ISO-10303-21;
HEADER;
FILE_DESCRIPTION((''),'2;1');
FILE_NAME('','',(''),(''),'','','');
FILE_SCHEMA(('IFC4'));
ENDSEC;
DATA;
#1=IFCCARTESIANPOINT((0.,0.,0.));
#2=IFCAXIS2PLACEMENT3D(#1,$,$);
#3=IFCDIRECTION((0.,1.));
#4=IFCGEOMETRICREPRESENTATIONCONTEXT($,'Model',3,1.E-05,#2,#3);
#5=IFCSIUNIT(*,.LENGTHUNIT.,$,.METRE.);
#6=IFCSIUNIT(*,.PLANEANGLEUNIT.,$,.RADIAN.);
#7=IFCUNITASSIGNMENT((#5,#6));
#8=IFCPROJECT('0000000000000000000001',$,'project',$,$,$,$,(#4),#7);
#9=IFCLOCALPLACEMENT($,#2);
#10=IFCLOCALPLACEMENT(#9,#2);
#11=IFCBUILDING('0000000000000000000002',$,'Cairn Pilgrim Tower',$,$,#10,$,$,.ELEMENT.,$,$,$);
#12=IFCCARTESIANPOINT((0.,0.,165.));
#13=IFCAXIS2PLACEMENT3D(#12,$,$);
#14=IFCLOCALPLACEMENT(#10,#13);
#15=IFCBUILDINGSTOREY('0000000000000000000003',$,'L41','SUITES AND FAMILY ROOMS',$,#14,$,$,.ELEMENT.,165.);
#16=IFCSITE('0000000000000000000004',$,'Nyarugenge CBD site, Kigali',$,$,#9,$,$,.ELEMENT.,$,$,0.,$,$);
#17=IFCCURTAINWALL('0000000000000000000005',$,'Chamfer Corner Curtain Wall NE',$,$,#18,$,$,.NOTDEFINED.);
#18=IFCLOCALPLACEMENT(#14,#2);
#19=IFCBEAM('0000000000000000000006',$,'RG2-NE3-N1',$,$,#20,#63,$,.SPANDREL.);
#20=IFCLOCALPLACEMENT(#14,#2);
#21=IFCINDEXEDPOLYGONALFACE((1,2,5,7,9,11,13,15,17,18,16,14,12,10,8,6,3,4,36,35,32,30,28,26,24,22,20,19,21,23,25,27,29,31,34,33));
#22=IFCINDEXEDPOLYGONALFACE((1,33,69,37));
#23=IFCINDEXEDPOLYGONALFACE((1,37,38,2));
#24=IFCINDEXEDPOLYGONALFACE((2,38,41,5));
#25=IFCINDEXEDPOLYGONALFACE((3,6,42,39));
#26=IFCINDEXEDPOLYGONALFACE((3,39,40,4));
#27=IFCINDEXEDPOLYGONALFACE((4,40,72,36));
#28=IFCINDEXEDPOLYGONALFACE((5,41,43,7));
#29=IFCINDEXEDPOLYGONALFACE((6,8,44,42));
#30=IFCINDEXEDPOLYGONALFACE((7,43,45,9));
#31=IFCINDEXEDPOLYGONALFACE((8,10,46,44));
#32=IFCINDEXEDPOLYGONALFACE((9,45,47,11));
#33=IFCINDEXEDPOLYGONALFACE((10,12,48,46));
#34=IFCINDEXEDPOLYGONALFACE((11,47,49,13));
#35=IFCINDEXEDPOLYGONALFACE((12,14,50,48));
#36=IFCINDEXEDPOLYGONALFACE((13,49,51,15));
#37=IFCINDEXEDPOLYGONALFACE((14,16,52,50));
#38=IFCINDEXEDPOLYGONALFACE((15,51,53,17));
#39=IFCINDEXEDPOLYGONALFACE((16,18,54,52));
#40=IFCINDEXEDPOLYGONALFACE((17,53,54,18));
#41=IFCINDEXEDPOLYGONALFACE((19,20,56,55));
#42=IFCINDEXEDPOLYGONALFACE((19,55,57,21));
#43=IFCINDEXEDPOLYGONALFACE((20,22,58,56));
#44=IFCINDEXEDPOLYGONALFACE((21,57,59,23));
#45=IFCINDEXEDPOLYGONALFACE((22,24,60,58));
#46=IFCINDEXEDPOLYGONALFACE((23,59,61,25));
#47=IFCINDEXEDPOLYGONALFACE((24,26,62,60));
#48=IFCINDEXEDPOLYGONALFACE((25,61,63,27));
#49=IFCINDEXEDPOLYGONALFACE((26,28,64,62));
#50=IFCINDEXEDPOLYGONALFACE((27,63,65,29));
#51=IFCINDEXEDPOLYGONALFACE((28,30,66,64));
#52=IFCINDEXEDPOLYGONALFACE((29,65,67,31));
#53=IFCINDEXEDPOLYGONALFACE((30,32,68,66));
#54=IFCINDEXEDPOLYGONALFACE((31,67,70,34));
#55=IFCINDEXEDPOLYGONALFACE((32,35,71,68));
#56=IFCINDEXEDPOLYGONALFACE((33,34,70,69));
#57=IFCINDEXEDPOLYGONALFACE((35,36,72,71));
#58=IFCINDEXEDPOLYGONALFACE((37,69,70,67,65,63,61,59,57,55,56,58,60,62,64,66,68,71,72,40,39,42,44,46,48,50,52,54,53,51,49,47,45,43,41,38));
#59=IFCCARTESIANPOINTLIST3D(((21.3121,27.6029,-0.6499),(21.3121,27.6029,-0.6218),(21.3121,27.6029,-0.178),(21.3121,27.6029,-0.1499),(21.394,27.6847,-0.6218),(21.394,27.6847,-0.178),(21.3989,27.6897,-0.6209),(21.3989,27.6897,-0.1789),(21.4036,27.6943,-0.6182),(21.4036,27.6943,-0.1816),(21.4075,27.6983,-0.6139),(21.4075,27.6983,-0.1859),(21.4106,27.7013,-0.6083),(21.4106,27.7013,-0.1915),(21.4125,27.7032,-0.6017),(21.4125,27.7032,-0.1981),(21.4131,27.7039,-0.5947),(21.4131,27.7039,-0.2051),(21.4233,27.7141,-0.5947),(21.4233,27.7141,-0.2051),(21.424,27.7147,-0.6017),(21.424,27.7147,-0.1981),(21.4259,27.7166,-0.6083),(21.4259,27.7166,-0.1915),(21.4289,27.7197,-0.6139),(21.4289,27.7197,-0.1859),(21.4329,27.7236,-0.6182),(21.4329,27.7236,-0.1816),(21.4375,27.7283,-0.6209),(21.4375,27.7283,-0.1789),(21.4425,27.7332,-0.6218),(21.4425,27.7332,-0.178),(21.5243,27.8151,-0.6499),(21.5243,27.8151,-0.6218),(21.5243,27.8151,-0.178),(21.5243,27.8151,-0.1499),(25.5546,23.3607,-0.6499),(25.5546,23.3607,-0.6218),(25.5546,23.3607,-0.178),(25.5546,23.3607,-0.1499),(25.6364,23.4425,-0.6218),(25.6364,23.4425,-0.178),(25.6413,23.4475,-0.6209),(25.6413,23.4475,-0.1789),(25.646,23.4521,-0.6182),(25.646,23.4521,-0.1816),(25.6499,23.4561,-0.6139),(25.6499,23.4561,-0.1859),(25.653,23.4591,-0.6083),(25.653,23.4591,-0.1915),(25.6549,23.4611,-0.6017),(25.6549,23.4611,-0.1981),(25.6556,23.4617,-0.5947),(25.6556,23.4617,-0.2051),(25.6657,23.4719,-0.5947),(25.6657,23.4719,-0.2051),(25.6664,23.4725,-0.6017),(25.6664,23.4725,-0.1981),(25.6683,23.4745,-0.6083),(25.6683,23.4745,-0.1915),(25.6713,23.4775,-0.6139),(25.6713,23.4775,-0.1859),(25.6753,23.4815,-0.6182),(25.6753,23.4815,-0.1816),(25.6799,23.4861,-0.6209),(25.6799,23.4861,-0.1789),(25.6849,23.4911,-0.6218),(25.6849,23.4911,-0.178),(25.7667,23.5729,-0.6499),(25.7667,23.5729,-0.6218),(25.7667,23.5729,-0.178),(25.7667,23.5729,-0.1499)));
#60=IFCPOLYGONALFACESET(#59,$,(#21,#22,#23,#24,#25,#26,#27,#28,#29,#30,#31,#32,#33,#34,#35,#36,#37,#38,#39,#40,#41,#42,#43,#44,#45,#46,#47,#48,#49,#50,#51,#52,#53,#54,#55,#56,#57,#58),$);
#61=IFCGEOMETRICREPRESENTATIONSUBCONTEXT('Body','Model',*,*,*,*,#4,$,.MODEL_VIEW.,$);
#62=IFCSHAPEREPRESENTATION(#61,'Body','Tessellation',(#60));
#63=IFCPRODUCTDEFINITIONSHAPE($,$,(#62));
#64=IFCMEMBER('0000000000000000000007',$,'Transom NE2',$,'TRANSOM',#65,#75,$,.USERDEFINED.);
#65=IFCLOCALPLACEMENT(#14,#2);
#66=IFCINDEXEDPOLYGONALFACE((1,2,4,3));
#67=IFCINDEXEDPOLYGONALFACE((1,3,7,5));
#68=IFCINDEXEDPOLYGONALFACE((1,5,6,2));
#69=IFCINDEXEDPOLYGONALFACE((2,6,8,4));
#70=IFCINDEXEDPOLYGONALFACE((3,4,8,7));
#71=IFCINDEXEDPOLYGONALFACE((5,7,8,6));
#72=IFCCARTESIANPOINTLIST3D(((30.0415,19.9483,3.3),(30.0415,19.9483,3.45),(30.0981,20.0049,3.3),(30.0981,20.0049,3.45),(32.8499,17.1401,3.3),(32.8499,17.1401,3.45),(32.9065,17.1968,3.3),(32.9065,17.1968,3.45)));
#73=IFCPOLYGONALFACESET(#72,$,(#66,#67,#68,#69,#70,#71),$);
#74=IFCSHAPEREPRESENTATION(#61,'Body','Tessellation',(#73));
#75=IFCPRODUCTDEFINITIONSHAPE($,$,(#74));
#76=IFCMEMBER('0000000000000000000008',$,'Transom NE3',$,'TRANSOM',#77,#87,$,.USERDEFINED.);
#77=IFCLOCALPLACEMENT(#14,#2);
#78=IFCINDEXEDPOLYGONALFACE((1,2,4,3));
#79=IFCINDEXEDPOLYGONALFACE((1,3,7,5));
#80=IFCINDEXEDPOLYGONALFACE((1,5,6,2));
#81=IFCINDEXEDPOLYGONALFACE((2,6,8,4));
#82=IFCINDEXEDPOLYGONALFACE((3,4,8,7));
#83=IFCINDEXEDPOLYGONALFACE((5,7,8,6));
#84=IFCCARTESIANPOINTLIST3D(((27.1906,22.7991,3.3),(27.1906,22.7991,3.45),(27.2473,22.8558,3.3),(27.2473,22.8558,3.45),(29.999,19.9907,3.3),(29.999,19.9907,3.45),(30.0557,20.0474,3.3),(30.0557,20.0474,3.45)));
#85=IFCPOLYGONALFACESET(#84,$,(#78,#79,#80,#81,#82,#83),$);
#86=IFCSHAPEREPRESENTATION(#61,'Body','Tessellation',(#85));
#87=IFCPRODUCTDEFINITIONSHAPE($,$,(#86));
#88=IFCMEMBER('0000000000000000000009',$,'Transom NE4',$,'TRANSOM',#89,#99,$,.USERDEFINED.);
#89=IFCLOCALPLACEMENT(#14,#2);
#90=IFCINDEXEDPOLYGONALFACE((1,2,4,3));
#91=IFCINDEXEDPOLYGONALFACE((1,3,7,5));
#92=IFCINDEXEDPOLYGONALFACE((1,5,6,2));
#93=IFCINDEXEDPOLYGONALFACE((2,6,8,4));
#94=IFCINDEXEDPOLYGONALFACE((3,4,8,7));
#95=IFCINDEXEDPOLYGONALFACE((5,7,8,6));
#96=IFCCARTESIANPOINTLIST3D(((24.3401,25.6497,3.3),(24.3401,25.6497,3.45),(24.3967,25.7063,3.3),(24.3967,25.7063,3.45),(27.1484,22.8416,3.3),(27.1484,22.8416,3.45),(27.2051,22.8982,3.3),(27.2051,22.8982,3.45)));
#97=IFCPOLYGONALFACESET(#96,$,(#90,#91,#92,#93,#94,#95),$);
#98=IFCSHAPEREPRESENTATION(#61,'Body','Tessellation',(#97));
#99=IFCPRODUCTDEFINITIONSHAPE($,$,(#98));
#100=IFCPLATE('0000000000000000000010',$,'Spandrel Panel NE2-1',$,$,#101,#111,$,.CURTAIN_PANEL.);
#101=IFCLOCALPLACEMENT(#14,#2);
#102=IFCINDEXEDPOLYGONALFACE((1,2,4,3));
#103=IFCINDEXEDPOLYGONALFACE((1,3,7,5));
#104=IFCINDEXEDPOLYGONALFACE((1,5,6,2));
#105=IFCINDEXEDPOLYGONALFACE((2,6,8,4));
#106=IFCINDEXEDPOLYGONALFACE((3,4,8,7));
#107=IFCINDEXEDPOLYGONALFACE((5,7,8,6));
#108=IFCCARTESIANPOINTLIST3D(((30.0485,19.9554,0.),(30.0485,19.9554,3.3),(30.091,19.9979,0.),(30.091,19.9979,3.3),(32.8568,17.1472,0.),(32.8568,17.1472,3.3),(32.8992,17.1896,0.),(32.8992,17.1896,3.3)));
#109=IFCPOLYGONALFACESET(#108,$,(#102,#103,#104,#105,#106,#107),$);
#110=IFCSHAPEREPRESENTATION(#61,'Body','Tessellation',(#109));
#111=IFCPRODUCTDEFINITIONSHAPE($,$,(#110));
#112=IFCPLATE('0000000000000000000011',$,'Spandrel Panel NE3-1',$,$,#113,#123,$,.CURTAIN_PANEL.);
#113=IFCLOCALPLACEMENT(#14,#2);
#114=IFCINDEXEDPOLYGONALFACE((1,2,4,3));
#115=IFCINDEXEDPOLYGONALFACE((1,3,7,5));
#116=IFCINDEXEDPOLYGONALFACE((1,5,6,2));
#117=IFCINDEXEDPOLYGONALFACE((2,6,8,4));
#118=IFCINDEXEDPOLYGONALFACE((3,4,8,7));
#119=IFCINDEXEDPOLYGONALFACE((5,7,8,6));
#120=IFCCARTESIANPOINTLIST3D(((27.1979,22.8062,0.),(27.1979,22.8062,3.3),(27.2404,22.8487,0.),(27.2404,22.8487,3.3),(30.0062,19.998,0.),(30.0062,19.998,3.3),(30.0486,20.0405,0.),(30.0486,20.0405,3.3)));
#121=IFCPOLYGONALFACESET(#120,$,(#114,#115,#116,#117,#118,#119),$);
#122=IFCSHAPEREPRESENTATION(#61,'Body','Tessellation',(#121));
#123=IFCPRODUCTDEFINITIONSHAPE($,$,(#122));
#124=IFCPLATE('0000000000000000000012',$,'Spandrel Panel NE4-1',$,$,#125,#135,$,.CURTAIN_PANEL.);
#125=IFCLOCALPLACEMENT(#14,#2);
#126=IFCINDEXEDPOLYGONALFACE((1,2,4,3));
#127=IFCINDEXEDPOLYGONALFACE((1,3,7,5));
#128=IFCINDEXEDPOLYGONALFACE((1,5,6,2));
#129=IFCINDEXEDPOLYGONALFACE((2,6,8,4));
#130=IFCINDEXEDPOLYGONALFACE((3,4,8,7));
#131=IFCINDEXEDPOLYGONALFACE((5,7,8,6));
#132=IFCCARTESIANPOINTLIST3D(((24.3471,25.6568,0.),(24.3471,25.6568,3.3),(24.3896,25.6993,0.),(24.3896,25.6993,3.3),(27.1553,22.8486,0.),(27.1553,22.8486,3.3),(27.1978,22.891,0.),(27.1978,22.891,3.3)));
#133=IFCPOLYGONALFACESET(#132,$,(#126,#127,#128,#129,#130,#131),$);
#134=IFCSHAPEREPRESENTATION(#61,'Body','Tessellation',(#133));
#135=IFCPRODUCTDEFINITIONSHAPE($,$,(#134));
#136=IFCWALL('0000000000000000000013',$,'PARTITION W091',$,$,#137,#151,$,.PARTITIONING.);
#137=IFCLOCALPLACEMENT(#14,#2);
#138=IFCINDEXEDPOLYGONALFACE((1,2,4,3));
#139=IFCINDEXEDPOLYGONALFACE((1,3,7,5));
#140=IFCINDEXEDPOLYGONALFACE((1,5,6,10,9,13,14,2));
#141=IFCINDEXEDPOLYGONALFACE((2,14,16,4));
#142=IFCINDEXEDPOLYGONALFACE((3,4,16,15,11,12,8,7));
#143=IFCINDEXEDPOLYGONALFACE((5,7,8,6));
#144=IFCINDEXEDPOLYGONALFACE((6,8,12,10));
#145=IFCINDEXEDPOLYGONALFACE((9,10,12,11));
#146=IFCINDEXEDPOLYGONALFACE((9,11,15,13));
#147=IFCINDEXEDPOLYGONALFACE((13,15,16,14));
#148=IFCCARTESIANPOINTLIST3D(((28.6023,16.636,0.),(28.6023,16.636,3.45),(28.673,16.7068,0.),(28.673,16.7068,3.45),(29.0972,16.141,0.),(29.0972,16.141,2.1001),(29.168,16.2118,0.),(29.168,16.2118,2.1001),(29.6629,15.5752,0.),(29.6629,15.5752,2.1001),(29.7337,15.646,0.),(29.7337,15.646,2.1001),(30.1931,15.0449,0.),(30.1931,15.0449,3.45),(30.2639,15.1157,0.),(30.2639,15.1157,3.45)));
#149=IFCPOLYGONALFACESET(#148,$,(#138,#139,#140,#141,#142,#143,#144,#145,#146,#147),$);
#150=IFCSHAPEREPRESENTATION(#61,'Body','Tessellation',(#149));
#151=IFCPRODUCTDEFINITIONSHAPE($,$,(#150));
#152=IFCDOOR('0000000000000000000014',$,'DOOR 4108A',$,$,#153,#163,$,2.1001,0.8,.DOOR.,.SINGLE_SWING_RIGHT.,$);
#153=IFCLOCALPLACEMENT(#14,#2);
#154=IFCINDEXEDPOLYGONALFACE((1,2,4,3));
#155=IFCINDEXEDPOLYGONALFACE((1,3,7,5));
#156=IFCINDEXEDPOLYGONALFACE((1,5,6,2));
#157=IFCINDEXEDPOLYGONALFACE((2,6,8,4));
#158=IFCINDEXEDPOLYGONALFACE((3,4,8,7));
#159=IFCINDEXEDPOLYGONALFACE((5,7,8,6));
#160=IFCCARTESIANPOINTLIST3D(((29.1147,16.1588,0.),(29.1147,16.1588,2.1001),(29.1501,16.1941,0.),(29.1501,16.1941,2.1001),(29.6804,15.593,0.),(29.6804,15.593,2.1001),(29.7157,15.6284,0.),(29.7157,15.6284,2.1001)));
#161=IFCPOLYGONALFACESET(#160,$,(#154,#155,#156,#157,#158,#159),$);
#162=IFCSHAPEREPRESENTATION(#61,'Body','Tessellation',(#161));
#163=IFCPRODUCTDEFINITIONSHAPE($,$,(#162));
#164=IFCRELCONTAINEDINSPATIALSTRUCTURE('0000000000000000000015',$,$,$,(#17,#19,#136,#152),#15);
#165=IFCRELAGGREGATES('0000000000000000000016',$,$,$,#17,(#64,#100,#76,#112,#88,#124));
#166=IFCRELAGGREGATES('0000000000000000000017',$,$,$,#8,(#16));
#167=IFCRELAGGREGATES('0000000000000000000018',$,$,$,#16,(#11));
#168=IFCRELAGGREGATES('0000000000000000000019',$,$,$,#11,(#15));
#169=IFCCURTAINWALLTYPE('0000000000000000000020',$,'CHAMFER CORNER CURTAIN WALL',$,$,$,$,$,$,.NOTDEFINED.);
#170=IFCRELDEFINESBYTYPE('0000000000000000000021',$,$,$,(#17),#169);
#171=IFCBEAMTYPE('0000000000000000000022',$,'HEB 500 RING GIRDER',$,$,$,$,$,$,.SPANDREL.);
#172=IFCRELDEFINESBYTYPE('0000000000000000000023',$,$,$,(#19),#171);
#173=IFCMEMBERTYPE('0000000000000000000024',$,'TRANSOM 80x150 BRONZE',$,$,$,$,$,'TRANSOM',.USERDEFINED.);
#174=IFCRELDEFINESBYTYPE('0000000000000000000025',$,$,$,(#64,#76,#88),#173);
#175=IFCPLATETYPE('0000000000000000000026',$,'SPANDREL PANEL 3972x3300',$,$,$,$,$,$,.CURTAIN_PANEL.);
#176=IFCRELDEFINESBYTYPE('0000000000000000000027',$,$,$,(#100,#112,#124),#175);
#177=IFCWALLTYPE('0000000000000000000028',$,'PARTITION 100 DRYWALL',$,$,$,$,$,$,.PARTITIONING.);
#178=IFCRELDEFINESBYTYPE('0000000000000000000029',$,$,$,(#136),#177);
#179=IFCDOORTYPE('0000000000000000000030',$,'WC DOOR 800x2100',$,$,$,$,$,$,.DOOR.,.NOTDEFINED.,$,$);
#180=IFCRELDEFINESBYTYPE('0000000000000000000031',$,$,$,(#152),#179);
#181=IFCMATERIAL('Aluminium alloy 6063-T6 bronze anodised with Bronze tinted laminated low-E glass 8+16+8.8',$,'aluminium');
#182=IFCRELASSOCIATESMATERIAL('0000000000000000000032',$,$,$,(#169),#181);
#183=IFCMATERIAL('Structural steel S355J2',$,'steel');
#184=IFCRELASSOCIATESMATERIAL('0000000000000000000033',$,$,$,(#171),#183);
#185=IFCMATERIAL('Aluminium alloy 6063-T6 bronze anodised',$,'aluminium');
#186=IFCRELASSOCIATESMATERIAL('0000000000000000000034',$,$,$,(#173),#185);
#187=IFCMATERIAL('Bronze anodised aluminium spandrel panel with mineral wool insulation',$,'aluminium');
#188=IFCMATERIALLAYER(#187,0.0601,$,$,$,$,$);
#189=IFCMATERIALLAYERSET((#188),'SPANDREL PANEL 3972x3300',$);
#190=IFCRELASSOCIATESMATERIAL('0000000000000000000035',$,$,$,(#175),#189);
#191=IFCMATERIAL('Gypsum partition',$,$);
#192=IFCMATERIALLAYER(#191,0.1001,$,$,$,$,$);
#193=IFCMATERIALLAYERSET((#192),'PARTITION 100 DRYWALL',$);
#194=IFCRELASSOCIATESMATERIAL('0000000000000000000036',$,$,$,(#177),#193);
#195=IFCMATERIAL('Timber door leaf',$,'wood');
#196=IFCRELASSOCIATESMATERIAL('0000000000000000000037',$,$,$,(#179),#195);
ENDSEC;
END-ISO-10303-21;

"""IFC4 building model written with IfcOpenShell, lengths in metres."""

from ifc_helpers import new_model, si_unit, direction, frame, frame_2d, origin, origin_2d, place, context, subcontext, project, spatial, rectangle, i_section, extrude, material, layer, layer_set, material_profile, profile_set, type_object, element, fill, aggregate, save


model = new_model("IFC4")

# Units and contexts
model_context = context("Model", 3, precision=1e-05, world=origin(), true_north=direction((0.0, 1.0)))
body_context = subcontext(model_context, "Body", "Model", "MODEL_VIEW")
ifc_project = project(units=[si_unit("LENGTHUNIT", "METRE"), si_unit("PLANEANGLEUNIT", "RADIAN")], contexts=[model_context])

# Site, building, storey
site_placement = place(None, origin())
site = spatial("IfcSite", under=ifc_project, at=site_placement, Name="Nyarugenge CBD site, Kigali", CompositionType="ELEMENT", RefElevation=0.0)
building_placement = place(site_placement, origin())
building = spatial("IfcBuilding", under=site, at=building_placement, Name="Cairn Pilgrim Tower", CompositionType="ELEMENT")
storey_placement = place(building_placement, frame((0.0, 0.0, 165.0)))
storey = spatial("IfcBuildingStorey", under=building, at=storey_placement, Name="L41", Description="SUITES AND FAMILY ROOMS", CompositionType="ELEMENT", Elevation=165.0)

# Shared definitions
ifc_material_1 = material(Name="Structural steel S355J2", Category="steel")

# Curtain wall
ifc_material_2 = material(Name="Aluminium alloy 6063-T6 bronze anodised with Bronze tinted laminated low-E glass 8+16+8.8", Category="aluminium")
curtain_wall_type = type_object("IfcCurtainWallType", Name="CHAMFER CORNER CURTAIN WALL", PredefinedType="NOTDEFINED", material=ifc_material_2)
curtain_wall_placement = place(storey_placement, origin())
curtain_wall = element("IfcCurtainWall", 1, at=curtain_wall_placement, inside=storey, type_object=curtain_wall_type, Name="Chamfer Corner Curtain Wall NE", PredefinedType="NOTDEFINED")
ifc_material_3 = material(Name="Aluminium alloy 6063-T6 bronze anodised", Category="aluminium")

# Beam
ifc_material_profile_1 = material_profile(ifc_material_1, i_section(OverallWidth=0.3, OverallDepth=0.5, WebThickness=0.0144, FlangeThickness=0.0281, FilletRadius=0.0271, at=origin_2d()), Name="HEB 500")
ifc_profile_set_1 = profile_set([ifc_material_profile_1], Name="Structural steel S355J2")
beam_type_1 = type_object("IfcBeamType", Name="HEB 500 RING GIRDER", PredefinedType="SPANDREL", material=ifc_profile_set_1)
beam_1_placement = place(storey_placement, frame((25.6606, 23.4668, -0.3999), z_axis=(-0.707127, 0.707086, 0.0), x_axis=(-0.707086, -0.707127, 0.0)))
element("IfcBeam", 2, at=beam_1_placement, inside=storey, type_object=beam_type_1, Name="RG2-NE3-N1", PredefinedType="SPANDREL", context=body_context, shape_type="SweptSolid", body=[
    extrude(i_section(OverallWidth=0.3, OverallDepth=0.5, WebThickness=0.0144, FlangeThickness=0.0281, FilletRadius=0.0271, at=origin_2d()), origin(), (0.0, 0.0, 1.0), 5.9995),
])

# Members
ifc_material_profile_2 = material_profile(ifc_material_3, rectangle(XDim=0.0801, YDim=0.1499, at=origin_2d()), Name="TRANSOM 80x150 BRONZE")
ifc_profile_set_2 = profile_set([ifc_material_profile_2], Name="Aluminium alloy 6063-T6 bronze anodised")
member_type_1 = type_object("IfcMemberType", Name="TRANSOM 80x150 BRONZE", ElementType="TRANSOM", PredefinedType="USERDEFINED", material=ifc_profile_set_2)
member_1_placement = place(storey_placement, frame((32.8782, 17.1685, 3.375), z_axis=(-0.707138, 0.707076, 0.0), x_axis=(-0.707076, -0.707138, 0.0)))
member_1 = element("IfcMember", 3, at=member_1_placement, type_object=member_type_1, Name="Transom NE2", ObjectType="TRANSOM", PredefinedType="USERDEFINED", context=body_context, shape_type="SweptSolid", body=[
    extrude(rectangle(XDim=0.0801, YDim=0.1499, at=origin_2d()), origin(), (0.0, 0.0, 1.0), 3.9714),
])
member_2_placement = place(storey_placement, frame((30.0273, 20.019, 3.375), z_axis=(-0.707107, 0.707107, 0.0), x_axis=(-0.707107, -0.707107, 0.0)))
member_2 = element("IfcMember", 4, at=member_2_placement, type_object=member_type_1, Name="Transom NE3", ObjectType="TRANSOM", PredefinedType="USERDEFINED", context=body_context, shape_type="SweptSolid", body=[
    extrude(rectangle(XDim=0.0801, YDim=0.1499, at=origin_2d()), origin(), (0.0, 0.0, 1.0), 3.9717),
])
member_3_placement = place(storey_placement, frame((27.1768, 22.8699, 3.375), z_axis=(-0.707138, 0.707076, 0.0), x_axis=(-0.707076, -0.707138, 0.0)))
member_3 = element("IfcMember", 5, at=member_3_placement, type_object=member_type_1, Name="Transom NE4", ObjectType="TRANSOM", PredefinedType="USERDEFINED", context=body_context, shape_type="SweptSolid", body=[
    extrude(rectangle(XDim=0.0801, YDim=0.1499, at=origin_2d()), origin(), (0.0, 0.0, 1.0), 3.9714),
])

# Plates
ifc_material_4 = material(Name="Bronze anodised aluminium spandrel panel with mineral wool insulation", Category="aluminium")
ifc_layer_1 = layer(ifc_material_4, 0.0601)
ifc_layer_set_1 = layer_set([ifc_layer_1], Name="SPANDREL PANEL 3972x3300")
plate_type = type_object("IfcPlateType", Name="SPANDREL PANEL 3972x3300", PredefinedType="CURTAIN_PANEL", material=ifc_layer_set_1)
plate_1_placement = place(storey_placement, frame((31.4739, 18.5725, 0.0), z_axis=(0.0, 0.0, 1.0), x_axis=(-0.707107, 0.707107, 0.0)))
plate_1 = element("IfcPlate", 6, at=plate_1_placement, type_object=plate_type, Name="Spandrel Panel NE2-1", PredefinedType="CURTAIN_PANEL", context=body_context, shape_type="SweptSolid", body=[
    extrude(rectangle(XDim=3.9714, YDim=0.0601, at=origin_2d()), origin(), (0.0, 0.0, 1.0), 3.3),
])
plate_2_placement = place(storey_placement, frame((28.6233, 21.4233, 0.0), z_axis=(0.0, 0.0, 1.0), x_axis=(-0.707107, 0.707107, 0.0)))
plate_2 = element("IfcPlate", 7, at=plate_2_placement, type_object=plate_type, Name="Spandrel Panel NE3-1", PredefinedType="CURTAIN_PANEL", context=body_context, shape_type="SweptSolid", body=[
    extrude(rectangle(XDim=3.9714, YDim=0.0601, at=origin_2d()), origin(), (0.0, 0.0, 1.0), 3.3),
])
plate_3_placement = place(storey_placement, frame((25.7725, 24.2739, 0.0), z_axis=(0.0, 0.0, 1.0), x_axis=(-0.707107, 0.707107, 0.0)))
plate_3 = element("IfcPlate", 8, at=plate_3_placement, type_object=plate_type, Name="Spandrel Panel NE4-1", PredefinedType="CURTAIN_PANEL", context=body_context, shape_type="SweptSolid", body=[
    extrude(rectangle(XDim=3.9714, YDim=0.0601, at=origin_2d()), origin(), (0.0, 0.0, 1.0), 3.3),
])
aggregate(curtain_wall, [member_1, plate_1, member_2, plate_2, member_3, plate_3])

# Wall, opening, door
ifc_material_5 = material(Name="Gypsum partition")
ifc_layer_2 = layer(ifc_material_5, 0.1001)
ifc_layer_set_2 = layer_set([ifc_layer_2], Name="PARTITION 100 DRYWALL")
wall_type_1 = type_object("IfcWallType", Name="PARTITION 100 DRYWALL", PredefinedType="PARTITIONING", material=ifc_layer_set_2)
wall_1_placement = place(storey_placement, frame((30.2285, 15.0803, 0.0), z_axis=(0.0, 0.0, 1.0), x_axis=(-0.707053, 0.707161, 0.0)))
wall_1 = element("IfcWall", 9, at=wall_1_placement, inside=storey, type_object=wall_type_1, Name="PARTITION W091", PredefinedType="PARTITIONING", context=body_context, shape_type="SweptSolid", body=[
    extrude(rectangle(XDim=2.25, YDim=0.1001, at=frame_2d((1.125, 0.0))), origin(), (0.0, 0.0, 1.0), 3.45),
])
opening_1_placement = place(wall_1_placement, frame((0.75, 0.0, 0.0)))
opening_1 = element("IfcOpeningElement", 10, at=opening_1_placement, cuts=wall_1, PredefinedType="OPENING", context=body_context, shape_type="SweptSolid", body=[
    extrude(rectangle(XDim=0.8, YDim=2.1001, at=frame_2d((0.3999, 1.05))), frame((0.0, 0.0601, 0.0), z_axis=(0.0, -1.0, 0.0), x_axis=(1.0, 0.0, 0.0)), (0.0, 0.0, 1.0), 0.1201),
])
ifc_material_6 = material(Name="Timber door leaf", Category="wood")
door_type_1 = type_object("IfcDoorType", Name="WC DOOR 800x2100", OperationType="NOTDEFINED", PredefinedType="DOOR", material=ifc_material_6)
door_1_placement = place(opening_1_placement, frame((0.8, 0.0, 0.0), z_axis=(0.0, 0.0, 1.0), x_axis=(-1.0, 0.0, 0.0)))
door_1 = element("IfcDoor", 11, at=door_1_placement, inside=storey, type_object=door_type_1, Name="DOOR 4108A", OperationType="SINGLE_SWING_RIGHT", OverallHeight=2.1001, OverallWidth=0.8, PredefinedType="DOOR", context=body_context, shape_type="SweptSolid", body=[
    extrude(rectangle(XDim=0.8, YDim=2.1001, at=frame_2d((0.3999, 1.05))), frame((0.0, 0.0249, 0.0), z_axis=(0.0, -1.0, 0.0), x_axis=(1.0, 0.0, 0.0)), (0.0, 0.0, 1.0), 0.05),
])
fill(opening_1, door_1)

save(model, "model.ifc")
